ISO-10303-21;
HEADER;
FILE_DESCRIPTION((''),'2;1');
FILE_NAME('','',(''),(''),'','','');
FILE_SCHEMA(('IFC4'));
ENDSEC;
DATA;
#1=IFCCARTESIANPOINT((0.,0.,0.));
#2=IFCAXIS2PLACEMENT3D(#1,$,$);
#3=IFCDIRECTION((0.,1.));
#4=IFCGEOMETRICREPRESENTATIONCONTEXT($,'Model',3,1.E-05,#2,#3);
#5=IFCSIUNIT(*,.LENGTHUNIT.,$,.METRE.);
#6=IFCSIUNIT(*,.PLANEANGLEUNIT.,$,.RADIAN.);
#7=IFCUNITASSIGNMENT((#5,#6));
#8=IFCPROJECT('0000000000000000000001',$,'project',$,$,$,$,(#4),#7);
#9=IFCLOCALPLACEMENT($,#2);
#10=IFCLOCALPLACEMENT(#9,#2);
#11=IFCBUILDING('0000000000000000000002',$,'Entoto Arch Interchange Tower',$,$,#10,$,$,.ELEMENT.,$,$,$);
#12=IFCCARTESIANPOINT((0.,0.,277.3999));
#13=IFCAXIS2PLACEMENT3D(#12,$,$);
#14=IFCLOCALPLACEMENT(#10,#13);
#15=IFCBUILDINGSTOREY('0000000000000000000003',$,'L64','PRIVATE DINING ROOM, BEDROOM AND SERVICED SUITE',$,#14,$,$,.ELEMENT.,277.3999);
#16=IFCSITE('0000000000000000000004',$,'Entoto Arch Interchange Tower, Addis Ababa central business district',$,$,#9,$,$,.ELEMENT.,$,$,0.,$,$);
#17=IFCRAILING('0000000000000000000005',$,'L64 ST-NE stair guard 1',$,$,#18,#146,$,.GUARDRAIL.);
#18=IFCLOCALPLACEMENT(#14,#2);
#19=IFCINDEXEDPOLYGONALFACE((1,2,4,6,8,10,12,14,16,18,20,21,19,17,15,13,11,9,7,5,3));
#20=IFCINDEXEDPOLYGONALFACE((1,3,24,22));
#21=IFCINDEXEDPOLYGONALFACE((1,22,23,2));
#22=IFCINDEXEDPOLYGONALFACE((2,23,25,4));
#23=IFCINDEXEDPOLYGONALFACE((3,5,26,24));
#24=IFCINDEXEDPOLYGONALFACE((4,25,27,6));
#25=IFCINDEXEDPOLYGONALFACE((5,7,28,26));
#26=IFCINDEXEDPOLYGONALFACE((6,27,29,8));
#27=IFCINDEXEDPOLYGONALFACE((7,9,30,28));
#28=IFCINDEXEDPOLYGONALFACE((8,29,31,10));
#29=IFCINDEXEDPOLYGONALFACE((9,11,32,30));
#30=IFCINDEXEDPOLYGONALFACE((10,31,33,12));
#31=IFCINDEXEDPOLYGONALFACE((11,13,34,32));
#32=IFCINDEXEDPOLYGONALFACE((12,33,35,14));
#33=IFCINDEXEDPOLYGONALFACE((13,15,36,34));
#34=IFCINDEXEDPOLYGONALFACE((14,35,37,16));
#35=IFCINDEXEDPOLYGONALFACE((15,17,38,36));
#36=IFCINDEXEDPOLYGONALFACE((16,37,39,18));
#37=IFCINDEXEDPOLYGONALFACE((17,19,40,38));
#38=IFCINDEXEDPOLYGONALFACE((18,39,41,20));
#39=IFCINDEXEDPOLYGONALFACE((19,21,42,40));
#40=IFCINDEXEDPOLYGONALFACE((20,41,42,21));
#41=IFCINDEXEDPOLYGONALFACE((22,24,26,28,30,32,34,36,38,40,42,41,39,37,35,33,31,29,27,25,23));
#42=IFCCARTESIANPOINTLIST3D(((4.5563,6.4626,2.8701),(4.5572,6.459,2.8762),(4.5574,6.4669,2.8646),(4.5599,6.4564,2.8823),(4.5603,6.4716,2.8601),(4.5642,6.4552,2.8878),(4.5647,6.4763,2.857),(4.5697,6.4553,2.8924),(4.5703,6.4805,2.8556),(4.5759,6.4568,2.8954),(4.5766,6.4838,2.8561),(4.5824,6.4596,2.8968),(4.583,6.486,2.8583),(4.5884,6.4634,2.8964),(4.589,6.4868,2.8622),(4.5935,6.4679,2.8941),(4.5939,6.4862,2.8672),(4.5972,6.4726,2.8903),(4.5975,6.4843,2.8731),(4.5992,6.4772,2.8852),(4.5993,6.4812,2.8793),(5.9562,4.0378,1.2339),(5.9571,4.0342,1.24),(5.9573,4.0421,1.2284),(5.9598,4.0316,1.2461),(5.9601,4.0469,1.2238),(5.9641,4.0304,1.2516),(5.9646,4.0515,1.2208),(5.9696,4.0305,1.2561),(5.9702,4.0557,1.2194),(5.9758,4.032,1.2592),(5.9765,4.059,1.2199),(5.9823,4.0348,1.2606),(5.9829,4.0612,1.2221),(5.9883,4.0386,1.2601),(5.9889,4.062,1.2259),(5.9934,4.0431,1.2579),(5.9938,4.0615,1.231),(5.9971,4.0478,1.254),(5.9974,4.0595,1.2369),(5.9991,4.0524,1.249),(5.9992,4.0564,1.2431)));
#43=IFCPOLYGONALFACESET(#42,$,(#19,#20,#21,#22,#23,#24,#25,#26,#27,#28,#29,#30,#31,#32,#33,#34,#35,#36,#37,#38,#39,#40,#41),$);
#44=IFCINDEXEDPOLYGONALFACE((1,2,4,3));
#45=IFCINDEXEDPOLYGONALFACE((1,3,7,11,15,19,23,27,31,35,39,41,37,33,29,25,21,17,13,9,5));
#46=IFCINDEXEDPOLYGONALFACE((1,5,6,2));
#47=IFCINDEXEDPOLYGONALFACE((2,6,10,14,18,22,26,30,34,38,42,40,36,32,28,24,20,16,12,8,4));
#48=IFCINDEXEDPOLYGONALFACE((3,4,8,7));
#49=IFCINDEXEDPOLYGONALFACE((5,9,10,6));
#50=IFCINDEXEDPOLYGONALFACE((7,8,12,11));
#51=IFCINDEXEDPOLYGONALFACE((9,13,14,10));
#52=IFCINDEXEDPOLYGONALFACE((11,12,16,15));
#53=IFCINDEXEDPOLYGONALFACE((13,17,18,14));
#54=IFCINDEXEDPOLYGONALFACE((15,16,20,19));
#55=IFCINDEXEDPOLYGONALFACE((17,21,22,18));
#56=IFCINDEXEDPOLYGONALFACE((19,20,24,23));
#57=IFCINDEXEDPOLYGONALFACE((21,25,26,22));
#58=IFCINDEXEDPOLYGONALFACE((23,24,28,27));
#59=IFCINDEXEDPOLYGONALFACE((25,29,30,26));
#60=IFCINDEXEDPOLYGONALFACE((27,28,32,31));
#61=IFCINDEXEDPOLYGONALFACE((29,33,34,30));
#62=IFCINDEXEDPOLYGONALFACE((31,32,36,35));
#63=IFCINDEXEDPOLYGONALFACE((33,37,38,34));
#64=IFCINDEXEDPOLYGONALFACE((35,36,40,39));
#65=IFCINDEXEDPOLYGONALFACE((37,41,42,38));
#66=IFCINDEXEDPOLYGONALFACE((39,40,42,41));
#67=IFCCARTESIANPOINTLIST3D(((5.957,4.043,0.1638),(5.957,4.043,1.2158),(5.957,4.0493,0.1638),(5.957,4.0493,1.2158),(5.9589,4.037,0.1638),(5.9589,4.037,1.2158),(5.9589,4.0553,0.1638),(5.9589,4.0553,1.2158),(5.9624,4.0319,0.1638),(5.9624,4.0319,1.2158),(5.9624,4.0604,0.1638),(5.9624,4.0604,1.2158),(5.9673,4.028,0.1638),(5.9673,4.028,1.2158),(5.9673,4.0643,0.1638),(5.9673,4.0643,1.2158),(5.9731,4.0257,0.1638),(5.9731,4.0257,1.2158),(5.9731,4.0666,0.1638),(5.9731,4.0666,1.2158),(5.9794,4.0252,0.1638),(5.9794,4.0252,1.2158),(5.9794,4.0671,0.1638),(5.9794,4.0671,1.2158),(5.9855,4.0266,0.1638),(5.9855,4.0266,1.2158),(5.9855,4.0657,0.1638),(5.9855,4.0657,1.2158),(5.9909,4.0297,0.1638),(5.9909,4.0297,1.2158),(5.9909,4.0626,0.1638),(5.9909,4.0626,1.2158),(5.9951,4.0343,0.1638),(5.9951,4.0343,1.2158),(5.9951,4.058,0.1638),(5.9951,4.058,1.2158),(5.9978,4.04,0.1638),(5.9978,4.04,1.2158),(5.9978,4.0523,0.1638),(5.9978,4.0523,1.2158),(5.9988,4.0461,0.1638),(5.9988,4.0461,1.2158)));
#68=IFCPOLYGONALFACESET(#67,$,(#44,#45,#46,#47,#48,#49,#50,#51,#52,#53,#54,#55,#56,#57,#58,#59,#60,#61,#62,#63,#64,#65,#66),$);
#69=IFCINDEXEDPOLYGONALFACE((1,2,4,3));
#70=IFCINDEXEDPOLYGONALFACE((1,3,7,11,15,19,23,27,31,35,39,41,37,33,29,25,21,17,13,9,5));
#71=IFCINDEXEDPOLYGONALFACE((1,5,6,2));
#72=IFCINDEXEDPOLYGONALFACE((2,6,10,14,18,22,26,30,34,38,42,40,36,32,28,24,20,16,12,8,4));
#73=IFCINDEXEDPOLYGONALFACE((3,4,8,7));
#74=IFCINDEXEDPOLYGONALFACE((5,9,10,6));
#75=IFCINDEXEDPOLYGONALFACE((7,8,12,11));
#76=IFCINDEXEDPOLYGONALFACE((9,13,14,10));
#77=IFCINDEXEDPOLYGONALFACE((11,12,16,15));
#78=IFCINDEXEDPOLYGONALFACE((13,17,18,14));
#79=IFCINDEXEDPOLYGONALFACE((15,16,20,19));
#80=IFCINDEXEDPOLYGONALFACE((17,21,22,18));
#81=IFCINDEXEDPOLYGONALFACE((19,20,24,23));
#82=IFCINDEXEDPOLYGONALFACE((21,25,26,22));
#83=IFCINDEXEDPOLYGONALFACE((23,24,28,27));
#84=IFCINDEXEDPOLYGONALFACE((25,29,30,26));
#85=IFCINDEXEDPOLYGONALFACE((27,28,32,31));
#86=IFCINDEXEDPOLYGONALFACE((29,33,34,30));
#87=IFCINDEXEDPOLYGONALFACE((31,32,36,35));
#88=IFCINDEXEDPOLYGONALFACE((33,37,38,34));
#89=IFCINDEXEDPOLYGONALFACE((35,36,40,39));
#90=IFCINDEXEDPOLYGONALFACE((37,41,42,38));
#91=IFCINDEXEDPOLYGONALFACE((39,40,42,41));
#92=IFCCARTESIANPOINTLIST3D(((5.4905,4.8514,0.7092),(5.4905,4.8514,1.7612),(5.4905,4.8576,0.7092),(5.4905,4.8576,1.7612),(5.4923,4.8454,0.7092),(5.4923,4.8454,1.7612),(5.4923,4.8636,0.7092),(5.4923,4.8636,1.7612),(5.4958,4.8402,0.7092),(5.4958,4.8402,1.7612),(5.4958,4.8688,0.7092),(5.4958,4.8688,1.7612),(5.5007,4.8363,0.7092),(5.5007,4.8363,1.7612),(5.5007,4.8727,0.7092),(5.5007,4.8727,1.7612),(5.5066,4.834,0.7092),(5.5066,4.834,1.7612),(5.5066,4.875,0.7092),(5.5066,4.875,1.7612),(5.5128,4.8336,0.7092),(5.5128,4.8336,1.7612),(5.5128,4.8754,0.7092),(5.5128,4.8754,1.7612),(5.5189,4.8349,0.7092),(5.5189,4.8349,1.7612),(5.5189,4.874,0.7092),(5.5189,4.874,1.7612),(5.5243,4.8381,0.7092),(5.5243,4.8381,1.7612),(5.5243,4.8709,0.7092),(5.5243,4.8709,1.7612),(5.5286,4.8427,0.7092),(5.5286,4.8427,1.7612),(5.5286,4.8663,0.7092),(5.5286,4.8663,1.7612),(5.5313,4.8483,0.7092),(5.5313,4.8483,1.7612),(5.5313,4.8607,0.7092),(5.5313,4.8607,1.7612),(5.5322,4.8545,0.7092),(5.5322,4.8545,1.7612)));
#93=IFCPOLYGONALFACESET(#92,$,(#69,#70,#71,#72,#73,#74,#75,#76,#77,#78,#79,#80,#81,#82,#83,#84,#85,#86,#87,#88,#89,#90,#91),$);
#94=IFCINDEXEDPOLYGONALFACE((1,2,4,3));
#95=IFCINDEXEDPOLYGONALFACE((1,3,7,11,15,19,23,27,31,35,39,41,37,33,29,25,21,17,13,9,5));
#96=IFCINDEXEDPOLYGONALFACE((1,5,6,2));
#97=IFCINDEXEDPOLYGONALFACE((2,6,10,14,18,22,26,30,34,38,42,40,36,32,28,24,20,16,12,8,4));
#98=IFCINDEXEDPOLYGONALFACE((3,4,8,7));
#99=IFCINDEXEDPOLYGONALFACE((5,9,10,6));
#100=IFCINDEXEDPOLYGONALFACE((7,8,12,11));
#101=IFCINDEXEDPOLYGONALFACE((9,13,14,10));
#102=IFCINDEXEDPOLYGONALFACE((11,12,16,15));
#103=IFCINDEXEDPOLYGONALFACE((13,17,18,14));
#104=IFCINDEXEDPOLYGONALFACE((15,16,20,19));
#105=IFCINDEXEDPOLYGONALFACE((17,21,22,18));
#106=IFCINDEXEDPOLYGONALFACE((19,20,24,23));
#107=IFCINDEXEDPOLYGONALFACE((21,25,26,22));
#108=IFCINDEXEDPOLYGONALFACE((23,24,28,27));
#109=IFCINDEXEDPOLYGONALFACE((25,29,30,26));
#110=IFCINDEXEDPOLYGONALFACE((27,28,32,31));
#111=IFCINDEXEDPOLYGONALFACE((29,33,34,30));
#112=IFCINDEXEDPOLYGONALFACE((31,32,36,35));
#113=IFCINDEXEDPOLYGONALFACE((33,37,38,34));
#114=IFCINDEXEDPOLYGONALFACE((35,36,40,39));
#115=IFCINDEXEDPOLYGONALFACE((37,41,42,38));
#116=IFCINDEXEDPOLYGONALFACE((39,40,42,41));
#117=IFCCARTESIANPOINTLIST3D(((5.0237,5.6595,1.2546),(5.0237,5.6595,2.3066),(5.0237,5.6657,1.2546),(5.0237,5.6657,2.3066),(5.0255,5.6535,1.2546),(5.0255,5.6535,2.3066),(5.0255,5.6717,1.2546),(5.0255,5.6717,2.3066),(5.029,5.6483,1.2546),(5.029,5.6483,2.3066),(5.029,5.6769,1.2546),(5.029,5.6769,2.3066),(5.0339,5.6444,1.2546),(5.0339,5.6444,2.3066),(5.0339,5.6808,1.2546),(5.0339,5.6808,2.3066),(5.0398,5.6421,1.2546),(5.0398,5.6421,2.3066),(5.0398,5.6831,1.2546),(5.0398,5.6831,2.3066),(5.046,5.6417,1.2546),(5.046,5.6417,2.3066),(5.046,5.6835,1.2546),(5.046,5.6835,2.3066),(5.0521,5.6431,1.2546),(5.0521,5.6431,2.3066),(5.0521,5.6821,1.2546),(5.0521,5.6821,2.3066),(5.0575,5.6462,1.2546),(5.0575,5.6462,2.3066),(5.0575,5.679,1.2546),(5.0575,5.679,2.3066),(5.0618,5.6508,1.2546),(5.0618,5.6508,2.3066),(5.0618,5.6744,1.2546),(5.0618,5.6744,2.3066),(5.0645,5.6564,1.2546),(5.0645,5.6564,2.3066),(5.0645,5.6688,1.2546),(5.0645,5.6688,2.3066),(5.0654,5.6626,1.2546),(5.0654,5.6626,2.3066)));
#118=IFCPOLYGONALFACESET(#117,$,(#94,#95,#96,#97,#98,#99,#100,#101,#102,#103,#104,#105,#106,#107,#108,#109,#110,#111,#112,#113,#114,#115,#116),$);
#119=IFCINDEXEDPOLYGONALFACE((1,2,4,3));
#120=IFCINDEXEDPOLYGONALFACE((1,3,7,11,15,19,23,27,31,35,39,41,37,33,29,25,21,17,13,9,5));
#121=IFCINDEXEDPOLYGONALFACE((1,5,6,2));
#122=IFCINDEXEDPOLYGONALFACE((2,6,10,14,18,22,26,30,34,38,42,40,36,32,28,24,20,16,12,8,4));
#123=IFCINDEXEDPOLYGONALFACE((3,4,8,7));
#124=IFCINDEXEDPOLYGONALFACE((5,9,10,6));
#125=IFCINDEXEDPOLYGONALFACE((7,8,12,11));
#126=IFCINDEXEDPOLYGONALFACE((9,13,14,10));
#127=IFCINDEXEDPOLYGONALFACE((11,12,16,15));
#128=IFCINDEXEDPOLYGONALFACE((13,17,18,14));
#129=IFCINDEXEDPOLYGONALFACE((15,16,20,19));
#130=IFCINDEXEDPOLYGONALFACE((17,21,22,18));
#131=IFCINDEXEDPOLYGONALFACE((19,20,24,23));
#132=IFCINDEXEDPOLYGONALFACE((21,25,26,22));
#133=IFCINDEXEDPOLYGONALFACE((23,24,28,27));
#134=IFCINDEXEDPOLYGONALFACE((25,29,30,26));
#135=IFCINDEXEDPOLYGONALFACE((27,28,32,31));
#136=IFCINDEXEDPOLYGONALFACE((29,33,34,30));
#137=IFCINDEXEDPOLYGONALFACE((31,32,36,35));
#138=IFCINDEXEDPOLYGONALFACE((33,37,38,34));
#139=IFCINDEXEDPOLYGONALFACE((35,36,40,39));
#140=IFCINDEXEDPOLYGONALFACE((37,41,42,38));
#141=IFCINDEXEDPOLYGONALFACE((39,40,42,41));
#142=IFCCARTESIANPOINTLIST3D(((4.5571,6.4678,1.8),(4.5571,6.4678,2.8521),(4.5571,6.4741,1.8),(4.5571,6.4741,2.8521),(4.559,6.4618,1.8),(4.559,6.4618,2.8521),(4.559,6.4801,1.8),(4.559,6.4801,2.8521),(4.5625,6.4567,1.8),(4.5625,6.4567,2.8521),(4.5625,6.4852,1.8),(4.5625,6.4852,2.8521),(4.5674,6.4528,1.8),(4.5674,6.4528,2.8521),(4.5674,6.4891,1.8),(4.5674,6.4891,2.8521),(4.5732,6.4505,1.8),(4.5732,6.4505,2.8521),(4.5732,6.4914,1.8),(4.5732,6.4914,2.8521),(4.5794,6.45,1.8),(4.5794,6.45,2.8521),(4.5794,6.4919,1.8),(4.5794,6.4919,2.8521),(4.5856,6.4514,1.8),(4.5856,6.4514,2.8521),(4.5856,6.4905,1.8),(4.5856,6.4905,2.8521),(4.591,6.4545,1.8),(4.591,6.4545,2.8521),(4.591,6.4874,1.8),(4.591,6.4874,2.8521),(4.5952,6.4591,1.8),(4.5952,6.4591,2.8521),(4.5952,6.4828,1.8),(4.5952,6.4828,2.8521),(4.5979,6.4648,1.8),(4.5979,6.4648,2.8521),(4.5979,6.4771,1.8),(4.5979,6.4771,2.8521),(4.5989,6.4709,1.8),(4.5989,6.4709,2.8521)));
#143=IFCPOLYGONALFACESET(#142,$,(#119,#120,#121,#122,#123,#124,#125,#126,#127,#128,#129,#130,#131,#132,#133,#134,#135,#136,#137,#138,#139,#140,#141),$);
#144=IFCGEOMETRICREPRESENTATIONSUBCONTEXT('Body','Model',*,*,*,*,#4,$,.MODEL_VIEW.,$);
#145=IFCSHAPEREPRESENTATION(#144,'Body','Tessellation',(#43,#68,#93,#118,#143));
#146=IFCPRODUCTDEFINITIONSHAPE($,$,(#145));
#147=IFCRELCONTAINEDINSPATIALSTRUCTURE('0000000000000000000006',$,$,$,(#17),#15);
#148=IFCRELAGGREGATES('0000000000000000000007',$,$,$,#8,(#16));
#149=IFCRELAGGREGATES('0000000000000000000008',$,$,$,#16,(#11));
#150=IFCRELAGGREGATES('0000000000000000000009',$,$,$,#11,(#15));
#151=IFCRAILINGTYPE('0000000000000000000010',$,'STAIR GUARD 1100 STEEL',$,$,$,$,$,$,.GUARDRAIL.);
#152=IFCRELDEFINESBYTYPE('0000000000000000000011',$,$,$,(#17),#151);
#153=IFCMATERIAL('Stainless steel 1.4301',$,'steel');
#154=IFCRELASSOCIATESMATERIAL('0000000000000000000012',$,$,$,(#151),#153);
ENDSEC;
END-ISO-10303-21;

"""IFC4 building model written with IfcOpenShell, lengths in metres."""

from ifc_helpers import new_model, si_unit, direction, frame, origin, origin_2d, place, context, subcontext, project, spatial, circle, extrude, material, type_object, element, save


model = new_model("IFC4")

# Units and contexts
model_context = context("Model", 3, precision=1e-05, world=origin(), true_north=direction((0.0, 1.0)))
body_context = subcontext(model_context, "Body", "Model", "MODEL_VIEW")
ifc_project = project(units=[si_unit("LENGTHUNIT", "METRE"), si_unit("PLANEANGLEUNIT", "RADIAN")], contexts=[model_context])

# Site, building, storey
site_placement = place(None, origin())
site = spatial("IfcSite", under=ifc_project, at=site_placement, Name="Entoto Arch Interchange Tower, Addis Ababa central business district", CompositionType="ELEMENT", RefElevation=0.0)
building_placement = place(site_placement, origin())
building = spatial("IfcBuilding", under=site, at=building_placement, Name="Entoto Arch Interchange Tower", CompositionType="ELEMENT")
storey_placement = place(building_placement, frame((0.0, 0.0, 277.3999)))
storey = spatial("IfcBuildingStorey", under=building, at=storey_placement, Name="L64", Description="PRIVATE DINING ROOM, BEDROOM AND SERVICED SUITE", CompositionType="ELEMENT", Elevation=277.3999)

# Railing
ifc_material_1 = material(Name="Stainless steel 1.4301", Category="steel")
railing_type_1 = type_object("IfcRailingType", Name="STAIR GUARD 1100 STEEL", PredefinedType="GUARDRAIL", material=ifc_material_1)
railing_1_placement = place(storey_placement, frame((5.9778, 4.0461, 0.1638)))
element("IfcRailing", 1, at=railing_1_placement, inside=storey, type_object=railing_type_1, Name="L64 ST-NE stair guard 1", PredefinedType="GUARDRAIL", context=body_context, shape_type="SweptSolid", body=[
    extrude(circle(Radius=0.0239, at=origin_2d()), frame((0.0, 0.0, 1.0762), z_axis=(-0.431677, 0.747718, 0.504552), x_axis=(-0.866035, -0.499984, 0.0)), (0.0, 0.0, 1.0), 3.2429),
    extrude(circle(Radius=0.021, at=origin_2d()), origin(), (0.0, 0.0, 1.0), 1.052),
    extrude(circle(Radius=0.021, at=origin_2d()), frame((-0.4666, 0.8083, 0.5454)), (0.0, 0.0, 1.0), 1.052),
    extrude(circle(Radius=0.021, at=origin_2d()), frame((-0.9333, 1.6165, 1.0908)), (0.0, 0.0, 1.0), 1.052),
    extrude(circle(Radius=0.021, at=origin_2d()), frame((-1.3999, 2.4248, 1.6362)), (0.0, 0.0, 1.0), 1.052),
])

save(model, "model.ifc")
